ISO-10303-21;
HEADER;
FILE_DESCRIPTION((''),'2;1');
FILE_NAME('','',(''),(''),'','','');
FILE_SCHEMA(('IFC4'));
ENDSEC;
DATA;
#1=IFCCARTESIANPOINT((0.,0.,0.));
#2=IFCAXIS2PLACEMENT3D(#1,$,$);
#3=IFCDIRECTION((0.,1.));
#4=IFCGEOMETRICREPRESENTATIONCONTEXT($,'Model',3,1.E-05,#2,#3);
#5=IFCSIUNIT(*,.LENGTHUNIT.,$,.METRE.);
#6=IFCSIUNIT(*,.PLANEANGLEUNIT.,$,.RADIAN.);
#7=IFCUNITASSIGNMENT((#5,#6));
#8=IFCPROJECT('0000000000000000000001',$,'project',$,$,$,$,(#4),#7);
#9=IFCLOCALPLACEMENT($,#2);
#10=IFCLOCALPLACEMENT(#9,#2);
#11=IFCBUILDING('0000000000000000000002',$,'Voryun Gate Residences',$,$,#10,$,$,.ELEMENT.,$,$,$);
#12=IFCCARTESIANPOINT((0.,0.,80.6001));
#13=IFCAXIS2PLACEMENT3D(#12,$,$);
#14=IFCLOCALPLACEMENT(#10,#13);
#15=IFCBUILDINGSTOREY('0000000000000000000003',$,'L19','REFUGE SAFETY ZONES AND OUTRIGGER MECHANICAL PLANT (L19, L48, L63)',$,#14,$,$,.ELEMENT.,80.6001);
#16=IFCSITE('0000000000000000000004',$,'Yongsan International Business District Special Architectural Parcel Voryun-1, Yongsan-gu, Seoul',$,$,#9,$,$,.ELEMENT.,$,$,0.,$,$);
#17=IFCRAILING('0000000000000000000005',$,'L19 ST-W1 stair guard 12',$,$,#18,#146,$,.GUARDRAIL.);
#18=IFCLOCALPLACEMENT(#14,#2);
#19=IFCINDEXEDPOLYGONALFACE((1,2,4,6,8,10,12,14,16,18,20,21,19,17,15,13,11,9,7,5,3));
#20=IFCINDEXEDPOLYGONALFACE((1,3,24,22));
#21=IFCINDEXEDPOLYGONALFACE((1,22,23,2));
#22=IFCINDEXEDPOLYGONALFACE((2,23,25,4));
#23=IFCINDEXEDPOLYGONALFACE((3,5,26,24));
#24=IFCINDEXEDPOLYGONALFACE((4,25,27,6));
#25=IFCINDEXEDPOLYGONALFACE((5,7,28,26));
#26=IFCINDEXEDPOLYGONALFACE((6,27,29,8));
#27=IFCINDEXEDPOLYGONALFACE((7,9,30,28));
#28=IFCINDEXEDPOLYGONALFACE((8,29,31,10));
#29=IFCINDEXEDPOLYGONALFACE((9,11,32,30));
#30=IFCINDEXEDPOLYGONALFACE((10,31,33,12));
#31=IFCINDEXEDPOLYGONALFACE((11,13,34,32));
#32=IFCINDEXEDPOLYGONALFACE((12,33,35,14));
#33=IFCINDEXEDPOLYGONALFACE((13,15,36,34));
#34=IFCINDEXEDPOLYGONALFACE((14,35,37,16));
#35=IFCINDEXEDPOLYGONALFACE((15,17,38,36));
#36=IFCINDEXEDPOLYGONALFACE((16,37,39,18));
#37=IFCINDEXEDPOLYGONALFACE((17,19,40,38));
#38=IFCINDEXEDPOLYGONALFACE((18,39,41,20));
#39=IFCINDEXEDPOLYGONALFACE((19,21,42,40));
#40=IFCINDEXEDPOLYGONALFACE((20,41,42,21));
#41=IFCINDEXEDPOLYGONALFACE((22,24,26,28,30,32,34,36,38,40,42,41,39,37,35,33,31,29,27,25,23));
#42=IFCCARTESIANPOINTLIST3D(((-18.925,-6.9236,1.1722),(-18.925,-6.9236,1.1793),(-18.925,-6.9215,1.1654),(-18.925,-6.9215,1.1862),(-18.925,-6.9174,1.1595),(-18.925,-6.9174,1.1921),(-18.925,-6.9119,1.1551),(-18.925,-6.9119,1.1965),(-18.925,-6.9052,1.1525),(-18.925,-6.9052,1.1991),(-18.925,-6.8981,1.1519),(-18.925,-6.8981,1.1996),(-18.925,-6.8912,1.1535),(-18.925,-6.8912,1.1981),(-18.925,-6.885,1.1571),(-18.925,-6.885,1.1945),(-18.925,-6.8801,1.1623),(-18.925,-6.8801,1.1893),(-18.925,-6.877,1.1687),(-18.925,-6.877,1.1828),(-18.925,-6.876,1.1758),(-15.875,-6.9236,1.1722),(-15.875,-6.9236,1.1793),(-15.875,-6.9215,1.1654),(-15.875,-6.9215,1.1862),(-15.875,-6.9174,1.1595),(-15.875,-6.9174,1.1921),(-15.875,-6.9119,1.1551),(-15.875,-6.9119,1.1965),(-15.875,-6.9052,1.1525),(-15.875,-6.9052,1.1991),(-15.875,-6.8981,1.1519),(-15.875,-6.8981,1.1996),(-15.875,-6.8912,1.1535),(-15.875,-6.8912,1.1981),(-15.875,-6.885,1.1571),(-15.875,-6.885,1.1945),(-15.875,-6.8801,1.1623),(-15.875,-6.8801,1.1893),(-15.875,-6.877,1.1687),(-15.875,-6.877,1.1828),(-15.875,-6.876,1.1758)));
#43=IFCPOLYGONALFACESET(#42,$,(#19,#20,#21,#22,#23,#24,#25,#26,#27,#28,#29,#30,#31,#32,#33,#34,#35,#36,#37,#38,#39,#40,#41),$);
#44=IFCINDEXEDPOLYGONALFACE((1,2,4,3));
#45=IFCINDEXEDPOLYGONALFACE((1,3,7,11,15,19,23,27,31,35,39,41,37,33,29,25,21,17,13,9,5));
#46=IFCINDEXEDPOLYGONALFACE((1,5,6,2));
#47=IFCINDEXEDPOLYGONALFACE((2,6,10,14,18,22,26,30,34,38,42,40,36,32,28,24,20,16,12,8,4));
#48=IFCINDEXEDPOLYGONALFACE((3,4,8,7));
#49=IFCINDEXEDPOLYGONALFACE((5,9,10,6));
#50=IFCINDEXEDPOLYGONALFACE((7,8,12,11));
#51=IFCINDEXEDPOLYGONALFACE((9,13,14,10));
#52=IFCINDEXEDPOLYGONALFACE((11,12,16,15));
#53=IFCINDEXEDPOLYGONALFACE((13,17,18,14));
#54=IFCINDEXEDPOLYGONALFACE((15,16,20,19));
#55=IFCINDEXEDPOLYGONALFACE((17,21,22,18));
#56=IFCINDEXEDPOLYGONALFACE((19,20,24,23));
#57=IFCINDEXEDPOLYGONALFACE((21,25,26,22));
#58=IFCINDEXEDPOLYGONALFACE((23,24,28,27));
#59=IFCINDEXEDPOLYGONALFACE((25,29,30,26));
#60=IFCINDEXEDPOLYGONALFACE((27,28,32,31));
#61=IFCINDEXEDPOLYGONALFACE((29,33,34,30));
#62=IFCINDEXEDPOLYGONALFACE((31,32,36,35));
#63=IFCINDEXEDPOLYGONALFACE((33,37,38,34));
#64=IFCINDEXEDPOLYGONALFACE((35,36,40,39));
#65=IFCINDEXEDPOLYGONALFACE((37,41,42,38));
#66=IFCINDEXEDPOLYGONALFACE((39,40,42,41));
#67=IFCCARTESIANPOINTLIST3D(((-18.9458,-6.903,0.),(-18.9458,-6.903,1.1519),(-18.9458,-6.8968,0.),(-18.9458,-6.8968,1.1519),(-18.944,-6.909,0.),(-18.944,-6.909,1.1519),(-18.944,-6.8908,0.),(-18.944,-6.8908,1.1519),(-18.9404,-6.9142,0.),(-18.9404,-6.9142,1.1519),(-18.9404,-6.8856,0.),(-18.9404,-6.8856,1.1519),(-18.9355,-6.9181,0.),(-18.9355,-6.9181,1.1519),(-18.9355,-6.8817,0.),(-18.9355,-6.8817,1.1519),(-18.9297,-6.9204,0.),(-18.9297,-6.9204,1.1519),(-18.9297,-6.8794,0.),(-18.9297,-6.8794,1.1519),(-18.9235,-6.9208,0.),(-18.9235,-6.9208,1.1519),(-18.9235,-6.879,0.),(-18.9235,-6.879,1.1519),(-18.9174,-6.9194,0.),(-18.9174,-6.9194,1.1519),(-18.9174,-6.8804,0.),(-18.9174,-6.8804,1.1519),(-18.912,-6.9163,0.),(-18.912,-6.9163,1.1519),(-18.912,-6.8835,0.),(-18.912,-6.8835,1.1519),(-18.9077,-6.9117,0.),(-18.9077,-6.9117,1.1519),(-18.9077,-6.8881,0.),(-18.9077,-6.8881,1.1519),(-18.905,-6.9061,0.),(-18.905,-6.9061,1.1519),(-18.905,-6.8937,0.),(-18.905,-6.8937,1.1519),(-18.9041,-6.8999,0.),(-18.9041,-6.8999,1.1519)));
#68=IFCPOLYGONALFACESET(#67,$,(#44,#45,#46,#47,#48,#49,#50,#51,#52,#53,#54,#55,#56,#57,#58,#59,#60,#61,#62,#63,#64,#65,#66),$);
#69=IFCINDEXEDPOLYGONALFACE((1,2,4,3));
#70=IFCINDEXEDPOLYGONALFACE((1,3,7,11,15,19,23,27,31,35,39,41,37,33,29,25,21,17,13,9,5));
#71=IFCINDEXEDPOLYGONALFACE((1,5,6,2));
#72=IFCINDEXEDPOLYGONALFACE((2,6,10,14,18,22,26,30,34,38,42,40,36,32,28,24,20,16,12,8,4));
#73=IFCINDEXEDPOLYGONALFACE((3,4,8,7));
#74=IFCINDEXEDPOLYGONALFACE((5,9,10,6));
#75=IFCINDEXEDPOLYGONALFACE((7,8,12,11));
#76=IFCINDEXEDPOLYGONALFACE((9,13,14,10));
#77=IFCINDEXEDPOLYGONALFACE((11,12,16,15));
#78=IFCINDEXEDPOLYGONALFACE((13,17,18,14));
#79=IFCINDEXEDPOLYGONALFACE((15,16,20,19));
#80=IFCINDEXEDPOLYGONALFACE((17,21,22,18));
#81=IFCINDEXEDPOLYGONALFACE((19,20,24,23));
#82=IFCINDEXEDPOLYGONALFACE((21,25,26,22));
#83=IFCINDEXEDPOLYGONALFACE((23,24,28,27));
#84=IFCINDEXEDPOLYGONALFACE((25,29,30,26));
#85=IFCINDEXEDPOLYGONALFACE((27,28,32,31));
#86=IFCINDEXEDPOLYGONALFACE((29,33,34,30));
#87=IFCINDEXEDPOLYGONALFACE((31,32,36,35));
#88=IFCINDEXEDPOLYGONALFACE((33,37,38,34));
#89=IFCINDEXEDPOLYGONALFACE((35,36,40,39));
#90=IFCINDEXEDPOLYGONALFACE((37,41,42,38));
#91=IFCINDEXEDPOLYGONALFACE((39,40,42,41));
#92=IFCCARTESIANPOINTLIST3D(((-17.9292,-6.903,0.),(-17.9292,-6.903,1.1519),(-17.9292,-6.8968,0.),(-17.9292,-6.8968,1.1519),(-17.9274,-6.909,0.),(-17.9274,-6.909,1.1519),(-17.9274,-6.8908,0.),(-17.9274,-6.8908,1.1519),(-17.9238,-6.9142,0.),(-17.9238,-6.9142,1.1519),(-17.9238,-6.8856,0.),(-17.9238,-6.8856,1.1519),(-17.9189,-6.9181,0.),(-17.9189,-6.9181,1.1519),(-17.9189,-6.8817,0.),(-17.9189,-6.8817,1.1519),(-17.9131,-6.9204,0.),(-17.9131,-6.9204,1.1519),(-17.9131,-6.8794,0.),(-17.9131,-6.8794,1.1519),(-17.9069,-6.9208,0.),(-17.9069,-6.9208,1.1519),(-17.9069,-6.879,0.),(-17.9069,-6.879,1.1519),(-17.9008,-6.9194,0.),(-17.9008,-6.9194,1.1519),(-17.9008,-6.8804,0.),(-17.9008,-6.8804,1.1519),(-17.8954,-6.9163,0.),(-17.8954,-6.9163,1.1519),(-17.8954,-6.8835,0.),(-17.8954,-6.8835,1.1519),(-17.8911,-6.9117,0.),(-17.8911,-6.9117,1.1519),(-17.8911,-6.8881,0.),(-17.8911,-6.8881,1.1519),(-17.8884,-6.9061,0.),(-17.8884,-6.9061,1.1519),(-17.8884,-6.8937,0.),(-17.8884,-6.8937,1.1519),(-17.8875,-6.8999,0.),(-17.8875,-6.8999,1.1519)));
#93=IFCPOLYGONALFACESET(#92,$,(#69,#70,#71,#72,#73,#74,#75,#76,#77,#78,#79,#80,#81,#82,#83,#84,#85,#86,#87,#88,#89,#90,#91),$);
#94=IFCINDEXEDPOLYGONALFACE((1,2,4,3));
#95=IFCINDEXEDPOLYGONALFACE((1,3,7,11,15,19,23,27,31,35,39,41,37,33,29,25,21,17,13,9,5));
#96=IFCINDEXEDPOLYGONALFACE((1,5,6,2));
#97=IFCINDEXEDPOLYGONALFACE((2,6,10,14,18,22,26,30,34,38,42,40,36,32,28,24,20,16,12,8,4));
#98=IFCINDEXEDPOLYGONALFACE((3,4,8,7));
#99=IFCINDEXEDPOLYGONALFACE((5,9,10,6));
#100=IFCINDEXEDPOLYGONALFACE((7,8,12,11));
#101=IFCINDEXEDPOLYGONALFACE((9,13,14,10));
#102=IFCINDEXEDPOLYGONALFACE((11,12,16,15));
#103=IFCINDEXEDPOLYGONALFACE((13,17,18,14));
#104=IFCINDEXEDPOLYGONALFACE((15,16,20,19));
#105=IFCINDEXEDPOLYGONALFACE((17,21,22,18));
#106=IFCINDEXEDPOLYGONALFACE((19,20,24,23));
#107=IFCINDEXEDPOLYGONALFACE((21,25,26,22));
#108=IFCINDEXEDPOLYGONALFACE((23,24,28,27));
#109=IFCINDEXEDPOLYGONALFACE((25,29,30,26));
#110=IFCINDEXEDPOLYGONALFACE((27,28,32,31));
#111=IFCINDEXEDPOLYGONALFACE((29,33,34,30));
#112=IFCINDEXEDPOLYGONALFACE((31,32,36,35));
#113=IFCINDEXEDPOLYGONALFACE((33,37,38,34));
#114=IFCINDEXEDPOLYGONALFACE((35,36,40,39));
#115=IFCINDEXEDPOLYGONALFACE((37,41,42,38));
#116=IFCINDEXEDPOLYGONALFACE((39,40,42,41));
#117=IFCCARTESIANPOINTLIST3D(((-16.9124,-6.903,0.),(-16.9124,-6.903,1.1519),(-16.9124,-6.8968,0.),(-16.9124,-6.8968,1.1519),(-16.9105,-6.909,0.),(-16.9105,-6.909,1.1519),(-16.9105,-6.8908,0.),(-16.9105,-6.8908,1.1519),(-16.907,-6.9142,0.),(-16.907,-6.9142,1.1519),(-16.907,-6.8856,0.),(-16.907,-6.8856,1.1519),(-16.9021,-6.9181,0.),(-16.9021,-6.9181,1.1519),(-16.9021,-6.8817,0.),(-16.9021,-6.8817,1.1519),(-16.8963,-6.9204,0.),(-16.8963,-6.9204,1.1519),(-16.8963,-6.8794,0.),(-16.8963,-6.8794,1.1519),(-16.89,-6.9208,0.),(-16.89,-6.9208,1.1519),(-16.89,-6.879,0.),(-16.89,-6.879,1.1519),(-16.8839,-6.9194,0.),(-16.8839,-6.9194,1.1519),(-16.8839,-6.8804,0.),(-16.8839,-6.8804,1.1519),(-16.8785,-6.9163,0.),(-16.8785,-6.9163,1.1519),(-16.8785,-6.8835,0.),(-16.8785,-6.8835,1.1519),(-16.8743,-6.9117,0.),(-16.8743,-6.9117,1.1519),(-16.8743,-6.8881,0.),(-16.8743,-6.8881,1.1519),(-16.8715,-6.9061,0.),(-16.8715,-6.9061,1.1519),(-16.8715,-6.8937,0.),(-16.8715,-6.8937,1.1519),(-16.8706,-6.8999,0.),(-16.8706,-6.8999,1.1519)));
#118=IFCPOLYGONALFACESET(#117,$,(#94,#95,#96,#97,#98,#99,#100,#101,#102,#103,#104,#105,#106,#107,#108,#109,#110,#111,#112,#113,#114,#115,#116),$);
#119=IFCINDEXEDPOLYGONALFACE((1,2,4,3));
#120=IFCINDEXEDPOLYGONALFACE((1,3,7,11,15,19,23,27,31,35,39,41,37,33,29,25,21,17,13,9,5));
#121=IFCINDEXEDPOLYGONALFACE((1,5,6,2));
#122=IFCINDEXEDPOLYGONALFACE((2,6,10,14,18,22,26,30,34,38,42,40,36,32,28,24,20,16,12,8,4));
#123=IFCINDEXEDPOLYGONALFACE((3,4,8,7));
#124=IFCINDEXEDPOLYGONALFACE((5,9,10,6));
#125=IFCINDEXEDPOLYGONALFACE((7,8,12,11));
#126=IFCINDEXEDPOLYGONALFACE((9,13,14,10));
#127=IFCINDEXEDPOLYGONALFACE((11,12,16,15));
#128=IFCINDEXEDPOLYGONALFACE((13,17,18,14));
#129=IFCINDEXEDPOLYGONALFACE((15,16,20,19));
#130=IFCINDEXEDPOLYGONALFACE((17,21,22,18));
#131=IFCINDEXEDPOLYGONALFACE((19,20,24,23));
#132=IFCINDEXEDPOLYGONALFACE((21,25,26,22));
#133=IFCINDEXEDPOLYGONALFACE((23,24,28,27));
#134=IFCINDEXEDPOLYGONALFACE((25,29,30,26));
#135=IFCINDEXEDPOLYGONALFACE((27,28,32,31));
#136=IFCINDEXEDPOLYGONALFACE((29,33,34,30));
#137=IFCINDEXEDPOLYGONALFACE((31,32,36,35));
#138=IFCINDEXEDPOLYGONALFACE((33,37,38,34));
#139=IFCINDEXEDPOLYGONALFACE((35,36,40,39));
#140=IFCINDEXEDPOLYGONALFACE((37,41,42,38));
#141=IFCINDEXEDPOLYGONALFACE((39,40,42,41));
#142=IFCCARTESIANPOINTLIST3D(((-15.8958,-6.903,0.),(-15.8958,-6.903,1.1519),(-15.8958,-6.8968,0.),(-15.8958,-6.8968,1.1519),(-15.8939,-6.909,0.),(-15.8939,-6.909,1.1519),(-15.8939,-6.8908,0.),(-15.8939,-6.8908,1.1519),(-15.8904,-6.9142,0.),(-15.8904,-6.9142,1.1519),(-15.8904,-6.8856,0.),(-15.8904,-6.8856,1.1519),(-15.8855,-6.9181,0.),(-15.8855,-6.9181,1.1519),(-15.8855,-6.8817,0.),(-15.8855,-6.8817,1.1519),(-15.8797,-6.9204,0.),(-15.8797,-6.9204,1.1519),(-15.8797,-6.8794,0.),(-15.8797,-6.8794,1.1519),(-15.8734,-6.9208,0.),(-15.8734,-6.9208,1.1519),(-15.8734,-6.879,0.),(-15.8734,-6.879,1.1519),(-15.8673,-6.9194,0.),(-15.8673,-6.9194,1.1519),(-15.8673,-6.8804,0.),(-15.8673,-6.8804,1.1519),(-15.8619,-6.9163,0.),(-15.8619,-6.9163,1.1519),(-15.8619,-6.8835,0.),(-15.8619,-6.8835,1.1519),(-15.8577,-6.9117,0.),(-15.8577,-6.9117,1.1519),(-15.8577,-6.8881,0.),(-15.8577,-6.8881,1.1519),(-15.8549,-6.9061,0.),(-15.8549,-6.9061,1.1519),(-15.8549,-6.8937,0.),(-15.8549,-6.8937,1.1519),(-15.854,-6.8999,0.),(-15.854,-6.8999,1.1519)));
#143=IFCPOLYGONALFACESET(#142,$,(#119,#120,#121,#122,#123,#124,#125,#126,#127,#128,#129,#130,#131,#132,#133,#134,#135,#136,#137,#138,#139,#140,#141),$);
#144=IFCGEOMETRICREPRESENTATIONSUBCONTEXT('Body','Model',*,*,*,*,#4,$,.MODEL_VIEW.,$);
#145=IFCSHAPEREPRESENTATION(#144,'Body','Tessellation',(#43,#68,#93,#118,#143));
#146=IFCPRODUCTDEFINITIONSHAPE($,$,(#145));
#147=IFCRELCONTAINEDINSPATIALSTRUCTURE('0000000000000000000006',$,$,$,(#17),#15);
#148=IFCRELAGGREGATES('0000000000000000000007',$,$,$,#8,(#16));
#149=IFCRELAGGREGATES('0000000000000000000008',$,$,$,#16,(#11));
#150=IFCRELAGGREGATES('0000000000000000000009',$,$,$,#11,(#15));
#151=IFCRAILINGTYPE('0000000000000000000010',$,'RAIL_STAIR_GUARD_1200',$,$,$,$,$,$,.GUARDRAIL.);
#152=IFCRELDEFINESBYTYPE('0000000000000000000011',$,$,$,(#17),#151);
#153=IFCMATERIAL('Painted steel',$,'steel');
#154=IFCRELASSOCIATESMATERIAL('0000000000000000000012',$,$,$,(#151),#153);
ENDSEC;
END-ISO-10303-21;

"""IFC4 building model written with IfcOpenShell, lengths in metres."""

from ifc_helpers import new_model, si_unit, direction, frame, origin, origin_2d, place, context, subcontext, project, spatial, circle, extrude, material, type_object, element, save


model = new_model("IFC4")

# Units and contexts
model_context = context("Model", 3, precision=1e-05, world=origin(), true_north=direction((0.0, 1.0)))
body_context = subcontext(model_context, "Body", "Model", "MODEL_VIEW")
ifc_project = project(units=[si_unit("LENGTHUNIT", "METRE"), si_unit("PLANEANGLEUNIT", "RADIAN")], contexts=[model_context])

# Site, building, storey
site_placement = place(None, origin())
site = spatial("IfcSite", under=ifc_project, at=site_placement, Name="Yongsan International Business District Special Architectural Parcel Voryun-1, Yongsan-gu, Seoul", CompositionType="ELEMENT", RefElevation=0.0)
building_placement = place(site_placement, origin())
building = spatial("IfcBuilding", under=site, at=building_placement, Name="Voryun Gate Residences", CompositionType="ELEMENT")
storey_placement = place(building_placement, frame((0.0, 0.0, 80.6001)))
storey = spatial("IfcBuildingStorey", under=building, at=storey_placement, Name="L19", Description="REFUGE SAFETY ZONES AND OUTRIGGER MECHANICAL PLANT (L19, L48, L63)", CompositionType="ELEMENT", Elevation=80.6001)

# Railing
ifc_material_1 = material(Name="Painted steel", Category="steel")
railing_type_1 = type_object("IfcRailingType", Name="RAIL_STAIR_GUARD_1200", PredefinedType="GUARDRAIL", material=ifc_material_1)
railing_1_placement = place(storey_placement, frame((-18.925, -6.8999, 0.0)))
element("IfcRailing", 1, at=railing_1_placement, inside=storey, type_object=railing_type_1, Name="L19 ST-W1 stair guard 12", PredefinedType="GUARDRAIL", context=body_context, shape_type="SweptSolid", body=[
    extrude(circle(Radius=0.0239, at=origin_2d()), frame((0.0, 0.0, 1.1758), z_axis=(1.0, 0.0, 0.0), x_axis=(0.0, 1.0, 0.0)), (0.0, 0.0, 1.0), 3.05),
    extrude(circle(Radius=0.021, at=origin_2d()), origin(), (0.0, 0.0, 1.0), 1.1519),
    extrude(circle(Radius=0.021, at=origin_2d()), frame((1.0166, 0.0, 0.0)), (0.0, 0.0, 1.0), 1.1519),
    extrude(circle(Radius=0.021, at=origin_2d()), frame((2.0334, 0.0, 0.0)), (0.0, 0.0, 1.0), 1.1519),
    extrude(circle(Radius=0.021, at=origin_2d()), frame((3.05, 0.0, 0.0)), (0.0, 0.0, 1.0), 1.1519),
])

save(model, "model.ifc")
